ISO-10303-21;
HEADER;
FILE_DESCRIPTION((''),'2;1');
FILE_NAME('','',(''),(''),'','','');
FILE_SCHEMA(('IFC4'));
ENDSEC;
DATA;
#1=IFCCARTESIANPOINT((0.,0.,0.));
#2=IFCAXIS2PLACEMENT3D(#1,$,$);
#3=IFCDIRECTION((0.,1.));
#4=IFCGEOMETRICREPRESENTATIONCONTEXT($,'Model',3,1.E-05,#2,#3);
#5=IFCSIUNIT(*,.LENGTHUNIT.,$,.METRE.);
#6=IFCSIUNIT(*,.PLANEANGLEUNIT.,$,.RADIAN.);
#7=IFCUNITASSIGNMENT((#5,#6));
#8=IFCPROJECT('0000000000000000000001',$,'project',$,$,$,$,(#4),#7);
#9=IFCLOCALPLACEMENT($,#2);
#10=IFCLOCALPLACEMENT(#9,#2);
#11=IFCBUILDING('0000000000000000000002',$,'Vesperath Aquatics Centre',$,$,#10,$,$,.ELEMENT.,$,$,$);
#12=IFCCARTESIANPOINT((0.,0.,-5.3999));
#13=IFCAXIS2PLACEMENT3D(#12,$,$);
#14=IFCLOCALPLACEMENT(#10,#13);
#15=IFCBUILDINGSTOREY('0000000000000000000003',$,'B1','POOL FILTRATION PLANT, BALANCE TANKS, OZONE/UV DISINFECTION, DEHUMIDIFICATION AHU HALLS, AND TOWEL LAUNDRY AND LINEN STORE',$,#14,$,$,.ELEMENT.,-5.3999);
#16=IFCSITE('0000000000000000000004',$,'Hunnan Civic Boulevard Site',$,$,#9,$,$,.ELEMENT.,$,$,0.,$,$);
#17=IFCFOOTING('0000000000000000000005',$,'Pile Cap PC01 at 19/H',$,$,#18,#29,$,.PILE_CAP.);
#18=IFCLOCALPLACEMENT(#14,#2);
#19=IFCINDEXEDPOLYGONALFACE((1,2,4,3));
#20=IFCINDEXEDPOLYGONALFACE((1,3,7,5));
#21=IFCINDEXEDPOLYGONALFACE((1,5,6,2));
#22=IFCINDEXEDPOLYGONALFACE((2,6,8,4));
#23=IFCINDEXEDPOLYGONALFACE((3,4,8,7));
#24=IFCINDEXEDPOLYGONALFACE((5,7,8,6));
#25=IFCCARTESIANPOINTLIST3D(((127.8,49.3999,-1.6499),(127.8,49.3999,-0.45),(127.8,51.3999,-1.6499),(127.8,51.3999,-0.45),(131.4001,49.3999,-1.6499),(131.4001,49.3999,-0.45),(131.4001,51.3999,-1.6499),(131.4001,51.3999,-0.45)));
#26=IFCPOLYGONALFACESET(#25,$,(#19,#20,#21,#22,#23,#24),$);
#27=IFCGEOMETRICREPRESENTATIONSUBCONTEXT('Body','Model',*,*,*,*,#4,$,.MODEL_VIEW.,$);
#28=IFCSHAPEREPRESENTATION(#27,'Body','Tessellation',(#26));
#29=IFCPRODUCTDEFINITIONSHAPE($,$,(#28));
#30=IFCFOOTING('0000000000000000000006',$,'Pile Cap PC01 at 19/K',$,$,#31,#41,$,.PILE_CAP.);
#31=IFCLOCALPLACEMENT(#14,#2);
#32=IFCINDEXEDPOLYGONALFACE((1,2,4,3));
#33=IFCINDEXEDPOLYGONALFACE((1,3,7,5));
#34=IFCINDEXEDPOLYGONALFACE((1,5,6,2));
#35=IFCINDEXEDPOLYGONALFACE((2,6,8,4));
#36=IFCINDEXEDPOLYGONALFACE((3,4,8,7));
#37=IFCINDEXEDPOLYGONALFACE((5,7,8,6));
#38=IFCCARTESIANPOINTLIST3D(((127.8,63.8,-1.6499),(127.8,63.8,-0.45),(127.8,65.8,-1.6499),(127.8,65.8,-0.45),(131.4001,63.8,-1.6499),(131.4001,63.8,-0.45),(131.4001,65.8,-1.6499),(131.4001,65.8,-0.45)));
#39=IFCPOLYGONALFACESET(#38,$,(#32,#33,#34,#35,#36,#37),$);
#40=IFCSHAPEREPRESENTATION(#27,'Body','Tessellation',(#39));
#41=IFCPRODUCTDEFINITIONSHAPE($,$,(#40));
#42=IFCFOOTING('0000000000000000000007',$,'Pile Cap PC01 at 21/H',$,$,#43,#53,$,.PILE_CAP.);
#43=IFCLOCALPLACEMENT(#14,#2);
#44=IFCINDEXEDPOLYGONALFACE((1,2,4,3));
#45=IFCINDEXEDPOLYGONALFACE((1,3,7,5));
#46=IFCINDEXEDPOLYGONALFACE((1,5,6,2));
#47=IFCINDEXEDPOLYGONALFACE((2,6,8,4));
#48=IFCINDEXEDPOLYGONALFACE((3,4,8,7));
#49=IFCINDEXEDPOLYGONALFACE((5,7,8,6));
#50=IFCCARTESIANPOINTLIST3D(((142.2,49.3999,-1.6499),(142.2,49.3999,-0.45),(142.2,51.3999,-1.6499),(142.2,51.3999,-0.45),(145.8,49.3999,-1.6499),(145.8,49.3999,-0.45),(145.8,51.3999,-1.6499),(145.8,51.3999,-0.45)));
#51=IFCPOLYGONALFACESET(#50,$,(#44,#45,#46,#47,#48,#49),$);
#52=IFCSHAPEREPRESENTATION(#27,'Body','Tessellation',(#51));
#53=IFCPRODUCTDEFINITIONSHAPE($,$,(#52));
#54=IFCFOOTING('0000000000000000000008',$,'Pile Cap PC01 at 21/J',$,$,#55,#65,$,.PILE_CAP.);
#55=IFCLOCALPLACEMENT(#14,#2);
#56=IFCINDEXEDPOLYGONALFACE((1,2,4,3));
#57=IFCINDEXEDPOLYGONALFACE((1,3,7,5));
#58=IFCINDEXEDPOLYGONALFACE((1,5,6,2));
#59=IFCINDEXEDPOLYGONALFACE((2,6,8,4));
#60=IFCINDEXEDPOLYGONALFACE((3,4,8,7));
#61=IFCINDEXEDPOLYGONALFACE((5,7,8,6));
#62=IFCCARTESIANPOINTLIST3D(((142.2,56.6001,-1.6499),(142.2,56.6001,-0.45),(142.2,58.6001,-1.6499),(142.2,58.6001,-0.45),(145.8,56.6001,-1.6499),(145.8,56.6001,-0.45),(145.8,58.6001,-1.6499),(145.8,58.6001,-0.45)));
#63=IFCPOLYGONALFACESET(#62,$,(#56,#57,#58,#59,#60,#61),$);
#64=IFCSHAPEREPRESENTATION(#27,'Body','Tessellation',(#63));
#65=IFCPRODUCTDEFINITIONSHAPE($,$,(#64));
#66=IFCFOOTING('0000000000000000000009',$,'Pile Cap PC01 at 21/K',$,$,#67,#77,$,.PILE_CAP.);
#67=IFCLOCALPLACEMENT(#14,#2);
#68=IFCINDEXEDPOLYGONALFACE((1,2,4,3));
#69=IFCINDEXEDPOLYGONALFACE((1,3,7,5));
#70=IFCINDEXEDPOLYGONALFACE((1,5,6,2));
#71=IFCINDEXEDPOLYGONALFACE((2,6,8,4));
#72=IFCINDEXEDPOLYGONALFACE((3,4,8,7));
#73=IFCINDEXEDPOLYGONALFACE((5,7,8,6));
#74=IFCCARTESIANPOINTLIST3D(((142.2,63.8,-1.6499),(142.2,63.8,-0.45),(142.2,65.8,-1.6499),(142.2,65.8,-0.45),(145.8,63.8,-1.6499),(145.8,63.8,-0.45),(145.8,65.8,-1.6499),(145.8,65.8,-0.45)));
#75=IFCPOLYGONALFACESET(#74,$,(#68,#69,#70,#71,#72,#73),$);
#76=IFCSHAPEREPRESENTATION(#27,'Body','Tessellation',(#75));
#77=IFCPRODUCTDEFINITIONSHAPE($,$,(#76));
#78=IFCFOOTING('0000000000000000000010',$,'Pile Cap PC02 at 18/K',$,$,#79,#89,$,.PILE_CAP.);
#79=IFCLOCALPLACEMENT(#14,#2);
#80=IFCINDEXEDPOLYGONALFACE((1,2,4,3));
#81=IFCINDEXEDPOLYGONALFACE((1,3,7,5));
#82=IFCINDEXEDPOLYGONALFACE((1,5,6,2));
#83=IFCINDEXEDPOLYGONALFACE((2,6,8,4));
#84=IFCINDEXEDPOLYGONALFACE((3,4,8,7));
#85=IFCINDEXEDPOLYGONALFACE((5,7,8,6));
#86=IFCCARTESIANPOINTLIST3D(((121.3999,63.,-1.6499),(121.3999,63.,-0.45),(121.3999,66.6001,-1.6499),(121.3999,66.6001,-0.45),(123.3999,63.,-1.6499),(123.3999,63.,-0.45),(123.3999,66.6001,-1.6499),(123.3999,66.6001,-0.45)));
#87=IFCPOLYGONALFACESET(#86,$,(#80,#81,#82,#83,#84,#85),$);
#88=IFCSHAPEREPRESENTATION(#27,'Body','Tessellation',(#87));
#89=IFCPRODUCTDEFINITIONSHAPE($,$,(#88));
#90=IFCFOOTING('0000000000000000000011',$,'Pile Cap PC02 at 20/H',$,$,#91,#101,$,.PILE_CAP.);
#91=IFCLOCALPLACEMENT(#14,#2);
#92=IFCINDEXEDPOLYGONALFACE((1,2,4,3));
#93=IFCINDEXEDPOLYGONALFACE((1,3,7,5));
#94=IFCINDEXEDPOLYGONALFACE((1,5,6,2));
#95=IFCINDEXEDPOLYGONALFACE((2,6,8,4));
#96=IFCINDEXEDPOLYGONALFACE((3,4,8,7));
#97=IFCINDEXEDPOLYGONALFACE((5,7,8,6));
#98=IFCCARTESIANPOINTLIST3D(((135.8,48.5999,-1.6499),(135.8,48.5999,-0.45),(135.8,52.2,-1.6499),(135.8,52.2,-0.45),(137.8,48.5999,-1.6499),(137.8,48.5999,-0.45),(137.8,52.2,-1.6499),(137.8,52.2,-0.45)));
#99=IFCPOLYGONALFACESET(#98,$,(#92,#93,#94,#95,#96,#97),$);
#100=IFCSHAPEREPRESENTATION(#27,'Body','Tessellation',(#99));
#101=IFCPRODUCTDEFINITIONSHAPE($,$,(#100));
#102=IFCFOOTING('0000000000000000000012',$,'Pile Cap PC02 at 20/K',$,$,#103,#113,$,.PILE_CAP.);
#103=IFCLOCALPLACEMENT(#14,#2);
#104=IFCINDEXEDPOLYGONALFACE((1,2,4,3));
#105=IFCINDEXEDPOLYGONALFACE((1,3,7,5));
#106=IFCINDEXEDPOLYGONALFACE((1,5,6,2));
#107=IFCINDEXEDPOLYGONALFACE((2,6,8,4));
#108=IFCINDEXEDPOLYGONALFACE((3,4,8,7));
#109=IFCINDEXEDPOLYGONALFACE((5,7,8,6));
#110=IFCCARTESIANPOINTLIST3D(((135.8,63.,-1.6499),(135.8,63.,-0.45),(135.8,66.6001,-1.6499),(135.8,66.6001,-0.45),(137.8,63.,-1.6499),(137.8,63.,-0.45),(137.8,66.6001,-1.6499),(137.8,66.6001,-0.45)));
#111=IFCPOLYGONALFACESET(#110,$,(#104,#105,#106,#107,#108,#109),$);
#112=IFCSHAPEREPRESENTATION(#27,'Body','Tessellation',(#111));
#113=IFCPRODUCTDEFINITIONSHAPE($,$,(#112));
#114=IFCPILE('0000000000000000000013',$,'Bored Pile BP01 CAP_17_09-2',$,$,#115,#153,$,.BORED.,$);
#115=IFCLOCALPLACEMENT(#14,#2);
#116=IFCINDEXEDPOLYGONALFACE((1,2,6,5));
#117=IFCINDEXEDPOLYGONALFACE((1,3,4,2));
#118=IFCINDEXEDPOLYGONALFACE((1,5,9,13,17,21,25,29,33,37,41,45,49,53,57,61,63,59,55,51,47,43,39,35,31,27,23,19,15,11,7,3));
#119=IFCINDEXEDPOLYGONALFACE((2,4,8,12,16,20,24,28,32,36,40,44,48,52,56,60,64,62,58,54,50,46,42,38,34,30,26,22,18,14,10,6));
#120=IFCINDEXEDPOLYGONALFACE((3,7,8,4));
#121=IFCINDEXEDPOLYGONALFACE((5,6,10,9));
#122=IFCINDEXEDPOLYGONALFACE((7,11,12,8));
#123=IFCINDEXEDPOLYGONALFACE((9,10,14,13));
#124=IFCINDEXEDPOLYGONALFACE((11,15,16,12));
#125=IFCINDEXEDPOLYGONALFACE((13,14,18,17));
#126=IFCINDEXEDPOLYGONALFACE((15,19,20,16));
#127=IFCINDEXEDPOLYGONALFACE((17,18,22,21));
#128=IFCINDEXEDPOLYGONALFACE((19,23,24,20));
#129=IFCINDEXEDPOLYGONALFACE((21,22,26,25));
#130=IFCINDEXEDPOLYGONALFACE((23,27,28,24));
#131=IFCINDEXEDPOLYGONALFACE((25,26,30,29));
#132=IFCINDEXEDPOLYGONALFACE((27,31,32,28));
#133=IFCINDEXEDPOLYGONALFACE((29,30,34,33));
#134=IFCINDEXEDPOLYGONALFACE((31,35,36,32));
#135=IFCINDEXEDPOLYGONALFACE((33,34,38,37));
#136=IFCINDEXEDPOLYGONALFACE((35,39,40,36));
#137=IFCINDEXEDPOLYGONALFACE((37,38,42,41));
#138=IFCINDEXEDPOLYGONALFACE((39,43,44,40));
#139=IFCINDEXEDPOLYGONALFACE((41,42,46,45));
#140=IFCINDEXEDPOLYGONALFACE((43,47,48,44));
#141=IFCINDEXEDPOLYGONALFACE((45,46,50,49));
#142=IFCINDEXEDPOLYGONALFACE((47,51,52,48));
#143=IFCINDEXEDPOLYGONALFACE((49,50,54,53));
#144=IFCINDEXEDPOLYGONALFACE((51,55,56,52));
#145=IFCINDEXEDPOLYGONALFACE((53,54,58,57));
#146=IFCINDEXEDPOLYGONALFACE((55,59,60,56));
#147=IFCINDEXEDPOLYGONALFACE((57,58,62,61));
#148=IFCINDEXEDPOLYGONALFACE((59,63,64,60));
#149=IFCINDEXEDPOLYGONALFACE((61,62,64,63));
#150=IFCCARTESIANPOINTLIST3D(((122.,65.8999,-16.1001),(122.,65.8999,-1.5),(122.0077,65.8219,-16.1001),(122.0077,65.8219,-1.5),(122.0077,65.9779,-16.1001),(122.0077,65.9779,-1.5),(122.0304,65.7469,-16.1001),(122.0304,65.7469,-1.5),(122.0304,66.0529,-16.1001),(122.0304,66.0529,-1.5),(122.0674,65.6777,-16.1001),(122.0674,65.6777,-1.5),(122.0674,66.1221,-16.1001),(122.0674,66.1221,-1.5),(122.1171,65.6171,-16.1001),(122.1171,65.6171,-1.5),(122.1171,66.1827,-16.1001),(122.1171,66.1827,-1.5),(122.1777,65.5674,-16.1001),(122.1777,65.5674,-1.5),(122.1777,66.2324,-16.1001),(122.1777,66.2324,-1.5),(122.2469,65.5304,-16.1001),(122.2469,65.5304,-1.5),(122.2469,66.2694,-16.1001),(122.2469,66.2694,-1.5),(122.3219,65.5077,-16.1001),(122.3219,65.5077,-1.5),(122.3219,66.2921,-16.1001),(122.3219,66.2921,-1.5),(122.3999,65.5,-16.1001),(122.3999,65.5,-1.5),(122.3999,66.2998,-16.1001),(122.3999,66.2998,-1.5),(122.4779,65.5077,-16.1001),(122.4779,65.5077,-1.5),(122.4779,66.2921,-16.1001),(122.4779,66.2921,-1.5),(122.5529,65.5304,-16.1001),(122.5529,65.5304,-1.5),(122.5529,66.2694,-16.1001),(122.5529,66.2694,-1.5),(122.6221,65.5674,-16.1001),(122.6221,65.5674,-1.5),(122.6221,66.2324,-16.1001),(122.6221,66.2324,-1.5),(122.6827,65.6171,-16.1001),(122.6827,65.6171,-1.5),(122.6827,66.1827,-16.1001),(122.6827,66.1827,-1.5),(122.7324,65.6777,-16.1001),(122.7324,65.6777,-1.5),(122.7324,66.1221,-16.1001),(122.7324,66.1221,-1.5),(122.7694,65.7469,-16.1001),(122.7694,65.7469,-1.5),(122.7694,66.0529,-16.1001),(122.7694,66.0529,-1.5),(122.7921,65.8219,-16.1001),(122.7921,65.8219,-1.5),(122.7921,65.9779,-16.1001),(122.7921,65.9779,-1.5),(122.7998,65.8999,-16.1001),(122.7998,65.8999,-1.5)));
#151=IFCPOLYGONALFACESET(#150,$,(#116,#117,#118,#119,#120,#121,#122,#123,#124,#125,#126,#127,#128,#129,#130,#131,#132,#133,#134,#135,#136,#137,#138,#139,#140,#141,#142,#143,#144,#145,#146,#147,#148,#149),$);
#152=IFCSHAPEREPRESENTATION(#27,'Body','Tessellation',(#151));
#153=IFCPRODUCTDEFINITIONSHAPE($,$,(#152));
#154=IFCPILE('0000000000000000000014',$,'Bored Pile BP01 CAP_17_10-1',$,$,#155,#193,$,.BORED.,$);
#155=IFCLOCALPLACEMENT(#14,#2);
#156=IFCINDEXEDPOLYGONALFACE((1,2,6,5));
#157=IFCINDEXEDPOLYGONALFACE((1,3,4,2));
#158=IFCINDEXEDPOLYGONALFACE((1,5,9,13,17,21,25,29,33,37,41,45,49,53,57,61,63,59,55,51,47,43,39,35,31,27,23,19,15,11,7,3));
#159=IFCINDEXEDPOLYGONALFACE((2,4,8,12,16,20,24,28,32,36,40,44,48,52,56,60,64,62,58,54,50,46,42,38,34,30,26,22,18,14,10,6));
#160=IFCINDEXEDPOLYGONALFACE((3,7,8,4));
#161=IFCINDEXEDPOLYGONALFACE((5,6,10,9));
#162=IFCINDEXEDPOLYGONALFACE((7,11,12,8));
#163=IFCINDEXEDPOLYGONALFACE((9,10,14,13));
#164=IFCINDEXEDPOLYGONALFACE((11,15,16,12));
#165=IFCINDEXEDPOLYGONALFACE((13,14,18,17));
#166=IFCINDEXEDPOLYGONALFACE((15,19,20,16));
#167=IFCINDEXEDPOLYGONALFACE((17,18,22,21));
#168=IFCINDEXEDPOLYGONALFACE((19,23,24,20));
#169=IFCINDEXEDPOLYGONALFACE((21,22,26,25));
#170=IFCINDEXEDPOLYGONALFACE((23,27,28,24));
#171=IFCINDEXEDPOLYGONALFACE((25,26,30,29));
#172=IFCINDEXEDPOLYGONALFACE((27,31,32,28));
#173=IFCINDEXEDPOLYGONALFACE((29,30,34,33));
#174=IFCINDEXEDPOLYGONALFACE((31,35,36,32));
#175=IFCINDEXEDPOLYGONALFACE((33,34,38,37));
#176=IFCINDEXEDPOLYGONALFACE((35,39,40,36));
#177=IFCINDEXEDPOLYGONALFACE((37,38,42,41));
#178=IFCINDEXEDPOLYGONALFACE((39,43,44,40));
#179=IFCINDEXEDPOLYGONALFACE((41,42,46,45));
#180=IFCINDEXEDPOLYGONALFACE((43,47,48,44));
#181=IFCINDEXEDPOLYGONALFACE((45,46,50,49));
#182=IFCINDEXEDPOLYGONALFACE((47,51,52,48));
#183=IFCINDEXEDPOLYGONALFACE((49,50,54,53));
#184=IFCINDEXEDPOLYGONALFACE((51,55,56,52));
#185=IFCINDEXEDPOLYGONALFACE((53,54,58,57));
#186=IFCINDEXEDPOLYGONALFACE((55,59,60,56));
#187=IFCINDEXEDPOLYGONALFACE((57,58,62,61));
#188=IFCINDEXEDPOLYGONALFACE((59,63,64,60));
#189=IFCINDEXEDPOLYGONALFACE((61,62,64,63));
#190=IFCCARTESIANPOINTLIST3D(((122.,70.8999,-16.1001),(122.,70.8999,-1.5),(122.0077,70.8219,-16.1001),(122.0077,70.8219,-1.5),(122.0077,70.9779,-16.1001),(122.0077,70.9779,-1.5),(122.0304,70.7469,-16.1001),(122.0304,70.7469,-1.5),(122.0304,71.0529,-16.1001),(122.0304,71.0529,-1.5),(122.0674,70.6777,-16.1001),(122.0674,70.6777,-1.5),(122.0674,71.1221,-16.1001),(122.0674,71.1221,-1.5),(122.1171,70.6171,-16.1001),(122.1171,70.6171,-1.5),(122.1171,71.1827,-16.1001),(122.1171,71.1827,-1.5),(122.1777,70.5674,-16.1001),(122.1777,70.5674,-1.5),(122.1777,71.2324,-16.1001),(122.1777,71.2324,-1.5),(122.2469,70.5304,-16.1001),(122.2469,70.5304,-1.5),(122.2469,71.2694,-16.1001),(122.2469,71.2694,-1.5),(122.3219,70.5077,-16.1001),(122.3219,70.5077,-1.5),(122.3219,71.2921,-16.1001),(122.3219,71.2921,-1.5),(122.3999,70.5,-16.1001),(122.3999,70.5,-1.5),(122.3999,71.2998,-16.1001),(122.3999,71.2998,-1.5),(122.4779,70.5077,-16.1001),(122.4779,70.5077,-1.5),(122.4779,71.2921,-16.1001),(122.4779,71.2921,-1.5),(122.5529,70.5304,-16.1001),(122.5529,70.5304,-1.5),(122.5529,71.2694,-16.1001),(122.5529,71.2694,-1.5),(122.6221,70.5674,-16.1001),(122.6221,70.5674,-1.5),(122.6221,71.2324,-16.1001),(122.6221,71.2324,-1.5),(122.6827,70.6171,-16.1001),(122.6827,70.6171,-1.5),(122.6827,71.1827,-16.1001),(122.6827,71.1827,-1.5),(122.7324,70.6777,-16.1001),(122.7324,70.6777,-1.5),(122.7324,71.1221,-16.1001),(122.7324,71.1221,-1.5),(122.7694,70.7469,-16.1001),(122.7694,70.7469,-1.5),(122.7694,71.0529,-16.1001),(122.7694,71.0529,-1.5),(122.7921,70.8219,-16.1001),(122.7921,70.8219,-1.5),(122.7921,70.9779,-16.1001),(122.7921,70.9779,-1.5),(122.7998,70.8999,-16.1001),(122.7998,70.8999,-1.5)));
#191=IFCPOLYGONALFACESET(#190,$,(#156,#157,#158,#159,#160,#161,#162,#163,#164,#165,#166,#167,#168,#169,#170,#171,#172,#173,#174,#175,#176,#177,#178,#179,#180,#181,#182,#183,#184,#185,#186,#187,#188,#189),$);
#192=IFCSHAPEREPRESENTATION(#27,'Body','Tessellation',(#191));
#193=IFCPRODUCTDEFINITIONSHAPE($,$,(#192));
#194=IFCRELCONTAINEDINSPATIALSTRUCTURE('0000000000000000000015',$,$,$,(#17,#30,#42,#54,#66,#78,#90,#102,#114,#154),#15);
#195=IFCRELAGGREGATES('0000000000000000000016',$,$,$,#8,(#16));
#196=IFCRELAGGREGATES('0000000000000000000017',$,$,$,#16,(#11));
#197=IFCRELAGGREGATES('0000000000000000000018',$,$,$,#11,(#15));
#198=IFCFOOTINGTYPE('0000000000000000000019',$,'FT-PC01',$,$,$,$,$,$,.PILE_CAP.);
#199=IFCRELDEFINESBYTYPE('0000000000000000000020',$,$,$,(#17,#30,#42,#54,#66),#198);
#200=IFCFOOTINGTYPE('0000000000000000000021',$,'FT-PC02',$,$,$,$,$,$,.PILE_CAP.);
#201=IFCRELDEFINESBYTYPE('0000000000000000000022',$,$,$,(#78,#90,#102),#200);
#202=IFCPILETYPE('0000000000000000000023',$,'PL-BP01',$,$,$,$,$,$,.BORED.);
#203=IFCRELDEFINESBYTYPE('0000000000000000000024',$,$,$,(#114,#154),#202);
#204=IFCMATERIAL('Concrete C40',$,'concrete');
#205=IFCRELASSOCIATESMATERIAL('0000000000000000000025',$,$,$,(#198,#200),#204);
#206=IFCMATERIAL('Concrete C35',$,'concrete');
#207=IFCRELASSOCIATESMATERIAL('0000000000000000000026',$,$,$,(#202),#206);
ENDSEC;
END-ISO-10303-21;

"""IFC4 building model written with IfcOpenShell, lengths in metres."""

from ifc_helpers import new_model, si_unit, direction, frame, origin, origin_2d, place, context, subcontext, project, spatial, rectangle, circle, extrude, material, material_profile, profile_set, type_object, element, save


model = new_model("IFC4")

# Units and contexts
model_context = context("Model", 3, precision=1e-05, world=origin(), true_north=direction((0.0, 1.0)))
body_context = subcontext(model_context, "Body", "Model", "MODEL_VIEW")
ifc_project = project(units=[si_unit("LENGTHUNIT", "METRE"), si_unit("PLANEANGLEUNIT", "RADIAN")], contexts=[model_context])

# Site, building, storey
site_placement = place(None, origin())
site = spatial("IfcSite", under=ifc_project, at=site_placement, Name="Hunnan Civic Boulevard Site", CompositionType="ELEMENT", RefElevation=0.0)
building_placement = place(site_placement, origin())
building = spatial("IfcBuilding", under=site, at=building_placement, Name="Vesperath Aquatics Centre", CompositionType="ELEMENT")
storey_placement = place(building_placement, frame((0.0, 0.0, -5.3999)))
storey = spatial("IfcBuildingStorey", under=building, at=storey_placement, Name="B1", Description="POOL FILTRATION PLANT, BALANCE TANKS, OZONE/UV DISINFECTION, DEHUMIDIFICATION AHU HALLS, AND TOWEL LAUNDRY AND LINEN STORE", CompositionType="ELEMENT", Elevation=-5.3999)

# Footings
ifc_material_1 = material(Name="Concrete C40", Category="concrete")
footing_type_1 = type_object("IfcFootingType", Name="FT-PC01", PredefinedType="PILE_CAP", material=ifc_material_1)
for number, where, z_axis, x_axis, name in (
    (1, (129.6001, 50.3999, -1.6499), (0.0, 0.0, 1.0), (1.0, 0.0, 0.0), "Pile Cap PC01 at 19/H"),
    (2, (129.6001, 64.8, -1.6499), (0.0, 0.0, 1.0), (1.0, 0.0, 0.0), "Pile Cap PC01 at 19/K"),
    (3, (144.0, 50.3999, -1.6499), (0.0, 0.0, 1.0), (1.0, 0.0, 0.0), "Pile Cap PC01 at 21/H"),
    (4, (144.0, 57.6001, -1.6499), (0.0, 0.0, 1.0), (1.0, 0.0, 0.0), "Pile Cap PC01 at 21/J"),
    (5, (144.0, 64.8, -1.6499), (0.0, 0.0, 1.0), (1.0, 0.0, 0.0), "Pile Cap PC01 at 21/K"),
):
    element("IfcFooting", number, at=place(storey_placement, frame(where, z_axis=z_axis, x_axis=x_axis)), inside=storey, type_object=footing_type_1, Name=name, PredefinedType="PILE_CAP", context=body_context, shape_type="SweptSolid", body=[
        extrude(rectangle(XDim=3.6001, YDim=2.0, at=origin_2d()), origin(), (0.0, 0.0, 1.0), 1.2),
    ])
footing_type_2 = type_object("IfcFootingType", Name="FT-PC02", PredefinedType="PILE_CAP", material=ifc_material_1)
for number, where, z_axis, x_axis, name in (
    (6, (122.3999, 64.8, -1.6499), (0.0, 0.0, 1.0), (1.0, 0.0, 0.0), "Pile Cap PC02 at 18/K"),
    (7, (136.8, 50.3999, -1.6499), (0.0, 0.0, 1.0), (1.0, 0.0, 0.0), "Pile Cap PC02 at 20/H"),
    (8, (136.8, 64.8, -1.6499), (0.0, 0.0, 1.0), (1.0, 0.0, 0.0), "Pile Cap PC02 at 20/K"),
):
    element("IfcFooting", number, at=place(storey_placement, frame(where, z_axis=z_axis, x_axis=x_axis)), inside=storey, type_object=footing_type_2, Name=name, PredefinedType="PILE_CAP", context=body_context, shape_type="SweptSolid", body=[
        extrude(rectangle(XDim=2.0, YDim=3.6001, at=origin_2d()), origin(), (0.0, 0.0, 1.0), 1.2),
    ])

# Piles
ifc_material_2 = material(Name="Concrete C35", Category="concrete")
ifc_material_profile_1 = material_profile(ifc_material_2, circle(Radius=0.3999, at=origin_2d()), Name="PILE D800")
ifc_profile_set_1 = profile_set([ifc_material_profile_1], Name="Concrete C35")
pile_type = type_object("IfcPileType", Name="PL-BP01", PredefinedType="BORED", material=ifc_profile_set_1)
for number, where, z_axis, x_axis, name in (
    (9, (122.3999, 65.8999, -1.5), (0.0, 0.0, -1.0), (1.0, 0.0, 0.0), "Bored Pile BP01 CAP_17_09-2"),
    (10, (122.3999, 70.8999, -1.5), (0.0, 0.0, -1.0), (1.0, 0.0, 0.0), "Bored Pile BP01 CAP_17_10-1"),
):
    element("IfcPile", number, at=place(storey_placement, frame(where, z_axis=z_axis, x_axis=x_axis)), inside=storey, type_object=pile_type, Name=name, PredefinedType="BORED", context=body_context, shape_type="SweptSolid", body=[
        extrude(circle(Radius=0.3999, at=origin_2d()), origin(), (0.0, 0.0, 1.0), 14.6001),
    ])

save(model, "model.ifc")
